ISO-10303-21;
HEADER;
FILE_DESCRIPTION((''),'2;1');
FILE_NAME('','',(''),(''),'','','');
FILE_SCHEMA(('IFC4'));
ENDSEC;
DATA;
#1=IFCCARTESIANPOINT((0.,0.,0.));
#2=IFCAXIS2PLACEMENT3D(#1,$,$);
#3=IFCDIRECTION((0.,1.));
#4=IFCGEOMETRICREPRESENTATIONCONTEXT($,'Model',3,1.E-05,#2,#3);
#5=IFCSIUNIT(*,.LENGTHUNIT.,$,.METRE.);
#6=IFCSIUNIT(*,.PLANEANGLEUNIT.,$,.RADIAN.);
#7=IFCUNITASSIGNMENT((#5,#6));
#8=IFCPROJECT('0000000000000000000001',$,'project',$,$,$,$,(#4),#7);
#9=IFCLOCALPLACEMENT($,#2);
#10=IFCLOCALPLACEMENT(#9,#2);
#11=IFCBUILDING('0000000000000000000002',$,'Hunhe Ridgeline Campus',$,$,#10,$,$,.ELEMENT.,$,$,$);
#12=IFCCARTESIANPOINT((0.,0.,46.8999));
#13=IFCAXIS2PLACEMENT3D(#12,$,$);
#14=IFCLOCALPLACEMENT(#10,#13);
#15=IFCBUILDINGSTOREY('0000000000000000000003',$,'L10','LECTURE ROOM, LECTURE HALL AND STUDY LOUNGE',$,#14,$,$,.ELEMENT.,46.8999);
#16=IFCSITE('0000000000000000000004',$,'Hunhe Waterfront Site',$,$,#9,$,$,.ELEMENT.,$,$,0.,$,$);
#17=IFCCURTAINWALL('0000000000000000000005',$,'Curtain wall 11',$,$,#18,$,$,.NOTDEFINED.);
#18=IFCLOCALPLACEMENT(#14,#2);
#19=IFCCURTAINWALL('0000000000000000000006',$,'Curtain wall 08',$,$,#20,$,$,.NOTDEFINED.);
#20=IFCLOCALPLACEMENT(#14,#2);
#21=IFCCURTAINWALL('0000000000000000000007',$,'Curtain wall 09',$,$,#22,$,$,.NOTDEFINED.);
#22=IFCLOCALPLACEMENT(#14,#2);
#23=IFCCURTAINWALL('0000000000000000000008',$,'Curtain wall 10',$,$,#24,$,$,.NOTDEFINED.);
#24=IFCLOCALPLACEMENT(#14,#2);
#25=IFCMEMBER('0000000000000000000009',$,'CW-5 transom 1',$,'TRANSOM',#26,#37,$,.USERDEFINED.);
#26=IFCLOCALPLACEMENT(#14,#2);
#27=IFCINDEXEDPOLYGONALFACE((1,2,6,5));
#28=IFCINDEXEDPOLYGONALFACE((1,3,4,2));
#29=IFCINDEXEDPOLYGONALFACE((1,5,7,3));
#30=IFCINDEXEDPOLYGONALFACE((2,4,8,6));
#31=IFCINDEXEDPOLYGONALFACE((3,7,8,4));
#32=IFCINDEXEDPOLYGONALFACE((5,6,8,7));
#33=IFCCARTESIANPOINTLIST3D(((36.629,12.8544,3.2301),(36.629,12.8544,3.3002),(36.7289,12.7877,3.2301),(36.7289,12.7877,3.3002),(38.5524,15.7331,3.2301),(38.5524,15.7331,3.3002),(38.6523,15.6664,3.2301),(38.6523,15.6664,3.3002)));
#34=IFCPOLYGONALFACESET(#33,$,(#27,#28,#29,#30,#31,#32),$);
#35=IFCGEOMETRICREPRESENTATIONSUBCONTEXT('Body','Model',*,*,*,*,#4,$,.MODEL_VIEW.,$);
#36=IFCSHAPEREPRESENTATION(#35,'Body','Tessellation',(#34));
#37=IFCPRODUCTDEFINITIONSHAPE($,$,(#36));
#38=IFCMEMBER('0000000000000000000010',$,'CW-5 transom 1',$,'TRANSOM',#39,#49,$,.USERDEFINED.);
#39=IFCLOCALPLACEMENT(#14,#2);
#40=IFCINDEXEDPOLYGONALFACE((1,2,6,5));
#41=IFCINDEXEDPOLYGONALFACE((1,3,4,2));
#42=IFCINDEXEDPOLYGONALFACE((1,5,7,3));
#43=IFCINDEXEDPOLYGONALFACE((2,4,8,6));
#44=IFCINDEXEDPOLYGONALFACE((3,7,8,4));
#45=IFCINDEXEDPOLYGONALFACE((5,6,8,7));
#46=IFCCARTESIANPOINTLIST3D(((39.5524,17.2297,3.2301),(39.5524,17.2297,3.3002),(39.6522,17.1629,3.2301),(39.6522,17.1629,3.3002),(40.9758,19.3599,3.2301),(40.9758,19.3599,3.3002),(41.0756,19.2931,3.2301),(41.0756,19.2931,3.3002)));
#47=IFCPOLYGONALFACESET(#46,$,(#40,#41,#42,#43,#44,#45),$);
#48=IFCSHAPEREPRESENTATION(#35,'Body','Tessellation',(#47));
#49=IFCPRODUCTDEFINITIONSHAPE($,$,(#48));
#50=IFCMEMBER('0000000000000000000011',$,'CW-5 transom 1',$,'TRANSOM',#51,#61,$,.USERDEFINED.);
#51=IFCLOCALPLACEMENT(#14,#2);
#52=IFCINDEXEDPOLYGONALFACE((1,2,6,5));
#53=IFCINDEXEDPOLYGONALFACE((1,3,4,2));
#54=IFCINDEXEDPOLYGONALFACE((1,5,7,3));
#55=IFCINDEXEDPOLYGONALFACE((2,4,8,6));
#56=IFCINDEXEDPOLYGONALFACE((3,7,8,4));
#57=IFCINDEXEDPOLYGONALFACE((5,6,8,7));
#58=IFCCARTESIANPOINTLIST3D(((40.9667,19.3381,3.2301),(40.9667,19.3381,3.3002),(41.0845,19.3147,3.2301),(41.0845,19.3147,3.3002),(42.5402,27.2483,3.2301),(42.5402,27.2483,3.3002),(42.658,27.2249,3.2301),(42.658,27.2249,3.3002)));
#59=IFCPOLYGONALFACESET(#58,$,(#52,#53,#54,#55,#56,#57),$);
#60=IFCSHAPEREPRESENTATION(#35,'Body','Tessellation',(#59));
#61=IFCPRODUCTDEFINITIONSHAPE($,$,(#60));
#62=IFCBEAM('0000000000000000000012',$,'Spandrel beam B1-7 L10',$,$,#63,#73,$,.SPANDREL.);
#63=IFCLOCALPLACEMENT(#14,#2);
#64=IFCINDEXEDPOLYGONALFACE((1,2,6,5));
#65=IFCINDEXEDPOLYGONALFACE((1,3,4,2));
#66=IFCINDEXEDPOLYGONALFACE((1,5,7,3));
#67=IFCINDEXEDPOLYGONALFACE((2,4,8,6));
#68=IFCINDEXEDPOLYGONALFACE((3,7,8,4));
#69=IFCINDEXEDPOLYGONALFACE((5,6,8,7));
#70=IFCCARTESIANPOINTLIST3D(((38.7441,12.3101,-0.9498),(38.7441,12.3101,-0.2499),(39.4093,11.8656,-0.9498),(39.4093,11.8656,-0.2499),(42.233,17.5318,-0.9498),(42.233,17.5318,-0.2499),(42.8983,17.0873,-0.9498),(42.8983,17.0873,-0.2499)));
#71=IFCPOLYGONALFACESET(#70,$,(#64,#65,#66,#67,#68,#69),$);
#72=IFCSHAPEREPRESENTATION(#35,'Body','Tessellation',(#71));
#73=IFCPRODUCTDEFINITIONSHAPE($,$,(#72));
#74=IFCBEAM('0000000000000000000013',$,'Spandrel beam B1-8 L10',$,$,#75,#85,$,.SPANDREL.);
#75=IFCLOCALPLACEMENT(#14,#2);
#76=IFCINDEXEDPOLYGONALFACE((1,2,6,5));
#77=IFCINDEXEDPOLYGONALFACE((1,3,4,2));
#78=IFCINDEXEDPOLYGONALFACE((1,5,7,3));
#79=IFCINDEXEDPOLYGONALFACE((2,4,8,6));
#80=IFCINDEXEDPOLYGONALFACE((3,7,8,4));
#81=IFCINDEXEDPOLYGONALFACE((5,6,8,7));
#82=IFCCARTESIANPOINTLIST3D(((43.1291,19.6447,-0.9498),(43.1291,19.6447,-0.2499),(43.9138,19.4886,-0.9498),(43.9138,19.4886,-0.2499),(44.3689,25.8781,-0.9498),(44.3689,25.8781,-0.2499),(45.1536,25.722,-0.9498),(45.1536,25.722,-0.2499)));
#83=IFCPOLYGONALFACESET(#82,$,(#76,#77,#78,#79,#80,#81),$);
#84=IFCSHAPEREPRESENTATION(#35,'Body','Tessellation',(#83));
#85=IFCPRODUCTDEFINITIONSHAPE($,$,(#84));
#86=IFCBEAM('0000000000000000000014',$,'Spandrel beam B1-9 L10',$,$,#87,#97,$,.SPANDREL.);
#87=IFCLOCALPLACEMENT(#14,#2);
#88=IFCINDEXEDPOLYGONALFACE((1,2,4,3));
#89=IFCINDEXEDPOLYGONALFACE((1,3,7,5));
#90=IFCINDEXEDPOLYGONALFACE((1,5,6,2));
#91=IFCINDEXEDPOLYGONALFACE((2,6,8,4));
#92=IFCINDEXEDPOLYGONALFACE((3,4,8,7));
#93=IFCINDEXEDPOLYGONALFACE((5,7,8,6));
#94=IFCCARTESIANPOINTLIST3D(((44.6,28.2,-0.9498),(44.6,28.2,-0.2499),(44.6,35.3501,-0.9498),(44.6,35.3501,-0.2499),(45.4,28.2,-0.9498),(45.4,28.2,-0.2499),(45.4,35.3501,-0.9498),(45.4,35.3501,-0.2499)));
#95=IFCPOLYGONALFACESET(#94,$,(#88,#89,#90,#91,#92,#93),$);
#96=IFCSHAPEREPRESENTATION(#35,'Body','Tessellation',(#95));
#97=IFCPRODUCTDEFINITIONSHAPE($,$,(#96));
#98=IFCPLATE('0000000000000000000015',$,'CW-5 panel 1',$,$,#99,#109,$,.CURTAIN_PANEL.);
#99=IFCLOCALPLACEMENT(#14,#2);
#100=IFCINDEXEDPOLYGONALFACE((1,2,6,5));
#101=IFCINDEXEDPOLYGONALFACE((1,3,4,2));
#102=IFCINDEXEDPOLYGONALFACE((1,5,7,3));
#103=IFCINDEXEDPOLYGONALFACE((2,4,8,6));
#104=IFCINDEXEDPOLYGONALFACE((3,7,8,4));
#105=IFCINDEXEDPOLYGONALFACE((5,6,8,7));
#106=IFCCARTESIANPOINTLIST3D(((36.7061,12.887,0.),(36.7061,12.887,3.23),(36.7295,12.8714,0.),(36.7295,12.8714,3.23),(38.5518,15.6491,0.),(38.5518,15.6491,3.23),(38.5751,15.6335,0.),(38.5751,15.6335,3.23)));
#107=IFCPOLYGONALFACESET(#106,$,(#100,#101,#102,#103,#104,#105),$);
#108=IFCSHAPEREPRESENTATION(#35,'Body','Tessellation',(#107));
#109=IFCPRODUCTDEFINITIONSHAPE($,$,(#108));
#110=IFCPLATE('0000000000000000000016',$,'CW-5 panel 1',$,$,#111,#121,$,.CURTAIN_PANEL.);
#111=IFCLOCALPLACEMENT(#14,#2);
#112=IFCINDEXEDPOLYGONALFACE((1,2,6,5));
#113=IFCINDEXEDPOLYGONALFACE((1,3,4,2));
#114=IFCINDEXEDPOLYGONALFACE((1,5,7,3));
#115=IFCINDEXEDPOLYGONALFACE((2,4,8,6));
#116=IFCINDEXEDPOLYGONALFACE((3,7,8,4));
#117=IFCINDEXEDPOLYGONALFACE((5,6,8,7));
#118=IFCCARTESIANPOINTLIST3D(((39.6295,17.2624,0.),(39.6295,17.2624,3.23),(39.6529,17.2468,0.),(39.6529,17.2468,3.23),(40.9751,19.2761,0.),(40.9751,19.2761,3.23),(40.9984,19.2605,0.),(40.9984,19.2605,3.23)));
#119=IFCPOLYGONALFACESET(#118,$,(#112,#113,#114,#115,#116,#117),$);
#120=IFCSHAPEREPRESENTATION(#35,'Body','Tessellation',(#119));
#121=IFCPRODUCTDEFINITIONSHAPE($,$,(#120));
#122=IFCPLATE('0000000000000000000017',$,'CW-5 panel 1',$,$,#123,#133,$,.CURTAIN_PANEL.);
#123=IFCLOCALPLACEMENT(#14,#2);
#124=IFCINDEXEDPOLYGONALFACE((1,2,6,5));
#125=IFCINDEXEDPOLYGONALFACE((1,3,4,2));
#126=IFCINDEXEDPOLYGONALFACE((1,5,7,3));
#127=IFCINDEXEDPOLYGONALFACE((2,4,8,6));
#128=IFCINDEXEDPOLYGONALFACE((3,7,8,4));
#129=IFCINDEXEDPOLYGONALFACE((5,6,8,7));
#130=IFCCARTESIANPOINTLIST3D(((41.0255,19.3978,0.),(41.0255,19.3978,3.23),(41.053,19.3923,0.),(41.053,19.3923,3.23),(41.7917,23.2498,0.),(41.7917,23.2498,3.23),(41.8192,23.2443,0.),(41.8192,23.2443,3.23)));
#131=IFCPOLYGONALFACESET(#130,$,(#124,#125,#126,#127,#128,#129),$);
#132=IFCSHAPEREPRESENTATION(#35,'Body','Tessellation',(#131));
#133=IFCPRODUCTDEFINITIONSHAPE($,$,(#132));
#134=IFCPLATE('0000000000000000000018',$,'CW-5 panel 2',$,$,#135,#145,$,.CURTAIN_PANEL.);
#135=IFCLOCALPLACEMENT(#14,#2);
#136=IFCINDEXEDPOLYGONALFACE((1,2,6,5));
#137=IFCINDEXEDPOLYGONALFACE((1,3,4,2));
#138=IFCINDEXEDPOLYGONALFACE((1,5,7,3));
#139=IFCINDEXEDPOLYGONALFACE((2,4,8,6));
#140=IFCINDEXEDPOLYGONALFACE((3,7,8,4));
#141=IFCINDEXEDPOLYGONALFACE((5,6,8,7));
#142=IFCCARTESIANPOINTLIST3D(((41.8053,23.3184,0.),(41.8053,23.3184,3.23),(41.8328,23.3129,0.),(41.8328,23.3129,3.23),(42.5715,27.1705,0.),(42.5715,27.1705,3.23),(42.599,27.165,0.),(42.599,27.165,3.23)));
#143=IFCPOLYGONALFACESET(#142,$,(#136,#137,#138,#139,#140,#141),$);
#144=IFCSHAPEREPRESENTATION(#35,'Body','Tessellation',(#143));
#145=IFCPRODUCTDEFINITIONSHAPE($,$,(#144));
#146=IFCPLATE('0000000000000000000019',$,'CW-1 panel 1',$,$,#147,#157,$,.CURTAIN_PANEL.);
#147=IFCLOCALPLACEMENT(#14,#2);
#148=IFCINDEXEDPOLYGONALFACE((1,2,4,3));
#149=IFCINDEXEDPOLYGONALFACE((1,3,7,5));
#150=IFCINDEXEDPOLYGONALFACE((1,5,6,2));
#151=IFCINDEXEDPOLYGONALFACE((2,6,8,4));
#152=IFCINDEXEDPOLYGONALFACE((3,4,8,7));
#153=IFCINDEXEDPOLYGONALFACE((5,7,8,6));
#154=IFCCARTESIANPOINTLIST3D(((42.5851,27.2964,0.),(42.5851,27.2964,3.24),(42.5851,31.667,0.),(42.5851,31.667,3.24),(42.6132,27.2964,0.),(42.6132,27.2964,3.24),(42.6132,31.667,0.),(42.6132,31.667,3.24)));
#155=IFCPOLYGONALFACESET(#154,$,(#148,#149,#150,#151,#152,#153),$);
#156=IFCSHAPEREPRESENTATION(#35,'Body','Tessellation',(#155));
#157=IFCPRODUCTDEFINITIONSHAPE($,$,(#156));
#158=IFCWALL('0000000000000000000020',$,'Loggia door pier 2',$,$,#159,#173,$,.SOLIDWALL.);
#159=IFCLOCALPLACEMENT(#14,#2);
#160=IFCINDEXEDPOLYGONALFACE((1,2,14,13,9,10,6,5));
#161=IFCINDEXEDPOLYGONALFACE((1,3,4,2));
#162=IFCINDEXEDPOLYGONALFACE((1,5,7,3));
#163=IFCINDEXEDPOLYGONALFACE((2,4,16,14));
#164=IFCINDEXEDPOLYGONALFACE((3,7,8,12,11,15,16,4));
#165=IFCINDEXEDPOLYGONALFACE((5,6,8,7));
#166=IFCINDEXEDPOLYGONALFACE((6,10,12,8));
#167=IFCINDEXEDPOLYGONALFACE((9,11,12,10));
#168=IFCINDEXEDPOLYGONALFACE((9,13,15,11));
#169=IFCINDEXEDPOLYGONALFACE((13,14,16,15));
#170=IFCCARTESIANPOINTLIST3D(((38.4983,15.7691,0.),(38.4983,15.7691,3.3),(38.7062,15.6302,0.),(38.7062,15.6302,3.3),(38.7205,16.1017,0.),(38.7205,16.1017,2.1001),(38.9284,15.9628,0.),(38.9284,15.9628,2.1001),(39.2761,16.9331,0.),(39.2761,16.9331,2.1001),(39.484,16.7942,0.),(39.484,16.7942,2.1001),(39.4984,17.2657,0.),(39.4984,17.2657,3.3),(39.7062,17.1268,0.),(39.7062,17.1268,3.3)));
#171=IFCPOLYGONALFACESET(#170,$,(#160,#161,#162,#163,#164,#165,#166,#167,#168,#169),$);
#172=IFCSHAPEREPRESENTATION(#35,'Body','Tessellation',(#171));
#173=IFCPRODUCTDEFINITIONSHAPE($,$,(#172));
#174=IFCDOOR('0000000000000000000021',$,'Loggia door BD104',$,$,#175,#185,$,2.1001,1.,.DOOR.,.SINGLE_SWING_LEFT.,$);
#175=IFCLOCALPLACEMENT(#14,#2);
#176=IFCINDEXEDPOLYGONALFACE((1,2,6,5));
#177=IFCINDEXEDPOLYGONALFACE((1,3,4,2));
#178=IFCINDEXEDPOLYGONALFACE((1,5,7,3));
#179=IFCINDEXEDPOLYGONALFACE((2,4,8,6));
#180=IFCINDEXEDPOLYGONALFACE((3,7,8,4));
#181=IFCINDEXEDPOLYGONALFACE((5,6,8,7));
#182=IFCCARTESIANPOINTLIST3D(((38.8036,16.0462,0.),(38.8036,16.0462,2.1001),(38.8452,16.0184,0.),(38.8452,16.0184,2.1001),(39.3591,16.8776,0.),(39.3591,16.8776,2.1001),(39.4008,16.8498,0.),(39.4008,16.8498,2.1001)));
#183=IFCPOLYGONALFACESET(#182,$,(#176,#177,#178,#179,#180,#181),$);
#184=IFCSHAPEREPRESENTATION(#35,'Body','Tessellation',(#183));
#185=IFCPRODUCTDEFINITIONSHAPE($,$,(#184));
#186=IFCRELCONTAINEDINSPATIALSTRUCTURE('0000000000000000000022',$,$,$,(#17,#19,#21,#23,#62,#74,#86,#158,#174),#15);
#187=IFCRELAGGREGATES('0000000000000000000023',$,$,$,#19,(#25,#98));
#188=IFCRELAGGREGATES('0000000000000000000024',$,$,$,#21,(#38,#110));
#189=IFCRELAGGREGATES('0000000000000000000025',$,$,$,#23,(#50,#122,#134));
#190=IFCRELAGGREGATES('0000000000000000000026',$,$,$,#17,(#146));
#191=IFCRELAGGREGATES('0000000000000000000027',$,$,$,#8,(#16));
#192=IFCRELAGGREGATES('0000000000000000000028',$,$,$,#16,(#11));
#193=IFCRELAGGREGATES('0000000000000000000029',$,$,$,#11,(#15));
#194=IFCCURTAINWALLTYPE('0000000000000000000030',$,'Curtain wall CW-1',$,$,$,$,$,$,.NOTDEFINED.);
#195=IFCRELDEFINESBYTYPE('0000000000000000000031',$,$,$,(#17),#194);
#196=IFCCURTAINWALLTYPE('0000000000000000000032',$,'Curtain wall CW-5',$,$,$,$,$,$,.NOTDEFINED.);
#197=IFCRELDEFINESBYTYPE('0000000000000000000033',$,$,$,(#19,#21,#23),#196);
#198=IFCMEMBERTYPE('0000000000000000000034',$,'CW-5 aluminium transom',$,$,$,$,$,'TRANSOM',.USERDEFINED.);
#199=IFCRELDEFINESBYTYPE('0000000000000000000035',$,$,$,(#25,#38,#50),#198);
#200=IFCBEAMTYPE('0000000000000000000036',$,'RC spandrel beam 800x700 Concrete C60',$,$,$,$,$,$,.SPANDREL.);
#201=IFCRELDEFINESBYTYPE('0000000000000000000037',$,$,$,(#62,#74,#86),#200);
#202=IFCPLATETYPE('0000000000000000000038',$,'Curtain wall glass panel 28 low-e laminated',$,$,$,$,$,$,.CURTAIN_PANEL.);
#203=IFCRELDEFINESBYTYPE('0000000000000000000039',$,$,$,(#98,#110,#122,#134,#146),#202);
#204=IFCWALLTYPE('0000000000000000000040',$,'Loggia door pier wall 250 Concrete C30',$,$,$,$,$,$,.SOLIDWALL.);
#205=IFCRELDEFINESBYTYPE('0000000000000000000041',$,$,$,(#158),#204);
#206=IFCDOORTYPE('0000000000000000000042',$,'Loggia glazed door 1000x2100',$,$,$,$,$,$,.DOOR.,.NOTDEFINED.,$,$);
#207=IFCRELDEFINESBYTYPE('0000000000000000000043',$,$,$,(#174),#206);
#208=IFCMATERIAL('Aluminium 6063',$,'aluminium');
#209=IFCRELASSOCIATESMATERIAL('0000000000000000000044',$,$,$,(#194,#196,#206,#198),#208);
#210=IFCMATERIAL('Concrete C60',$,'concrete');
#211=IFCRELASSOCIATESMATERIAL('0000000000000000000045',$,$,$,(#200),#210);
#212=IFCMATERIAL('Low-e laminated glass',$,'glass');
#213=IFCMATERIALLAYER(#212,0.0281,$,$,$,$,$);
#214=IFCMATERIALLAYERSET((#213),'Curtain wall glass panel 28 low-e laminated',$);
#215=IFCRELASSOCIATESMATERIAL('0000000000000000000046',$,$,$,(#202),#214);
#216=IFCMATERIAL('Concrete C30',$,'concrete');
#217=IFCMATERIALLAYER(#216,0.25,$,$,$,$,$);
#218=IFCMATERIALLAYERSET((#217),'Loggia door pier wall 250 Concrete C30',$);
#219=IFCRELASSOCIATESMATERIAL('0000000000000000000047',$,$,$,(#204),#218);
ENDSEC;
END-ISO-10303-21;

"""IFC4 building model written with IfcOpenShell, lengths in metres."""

from ifc_helpers import new_model, si_unit, direction, frame, frame_2d, origin, origin_2d, place, context, subcontext, project, spatial, rectangle, extrude, material, layer, layer_set, material_profile, profile_set, type_object, element, fill, aggregate, save


model = new_model("IFC4")

# Units and contexts
model_context = context("Model", 3, precision=1e-05, world=origin(), true_north=direction((0.0, 1.0)))
body_context = subcontext(model_context, "Body", "Model", "MODEL_VIEW")
ifc_project = project(units=[si_unit("LENGTHUNIT", "METRE"), si_unit("PLANEANGLEUNIT", "RADIAN")], contexts=[model_context])

# Site, building, storey
site_placement = place(None, origin())
site = spatial("IfcSite", under=ifc_project, at=site_placement, Name="Hunhe Waterfront Site", CompositionType="ELEMENT", RefElevation=0.0)
building_placement = place(site_placement, origin())
building = spatial("IfcBuilding", under=site, at=building_placement, Name="Hunhe Ridgeline Campus", CompositionType="ELEMENT")
storey_placement = place(building_placement, frame((0.0, 0.0, 46.8999)))
storey = spatial("IfcBuildingStorey", under=building, at=storey_placement, Name="L10", Description="LECTURE ROOM, LECTURE HALL AND STUDY LOUNGE", CompositionType="ELEMENT", Elevation=46.8999)

# Curtain wall
ifc_material_1 = material(Name="Aluminium 6063", Category="aluminium")
curtain_wall_type_1 = type_object("IfcCurtainWallType", Name="Curtain wall CW-1", PredefinedType="NOTDEFINED", material=ifc_material_1)
curtain_wall_1_placement = place(storey_placement, origin())
curtain_wall_1 = element("IfcCurtainWall", 1, at=curtain_wall_1_placement, inside=storey, type_object=curtain_wall_type_1, Name="Curtain wall 11", PredefinedType="NOTDEFINED")

# Shared definitions
curtain_wall_type_2 = type_object("IfcCurtainWallType", Name="Curtain wall CW-5", PredefinedType="NOTDEFINED", material=ifc_material_1)

# Curtain walls
curtain_wall_2_placement = place(storey_placement, origin())
curtain_wall_2 = element("IfcCurtainWall", 2, at=curtain_wall_2_placement, inside=storey, type_object=curtain_wall_type_2, Name="Curtain wall 08", PredefinedType="NOTDEFINED")
curtain_wall_3_placement = place(storey_placement, origin())
curtain_wall_3 = element("IfcCurtainWall", 3, at=curtain_wall_3_placement, inside=storey, type_object=curtain_wall_type_2, Name="Curtain wall 09", PredefinedType="NOTDEFINED")
curtain_wall_4_placement = place(storey_placement, origin())
curtain_wall_4 = element("IfcCurtainWall", 4, at=curtain_wall_4_placement, inside=storey, type_object=curtain_wall_type_2, Name="Curtain wall 10", PredefinedType="NOTDEFINED")

# Members
ifc_material_profile_1 = material_profile(ifc_material_1, rectangle(XDim=0.1201, YDim=0.0701, at=origin_2d()))
ifc_profile_set_1 = profile_set([ifc_material_profile_1], Name="Aluminium 6063")
member_type_1 = type_object("IfcMemberType", Name="CW-5 aluminium transom", ElementType="TRANSOM", PredefinedType="USERDEFINED", material=ifc_profile_set_1)
member_1_placement = place(storey_placement, frame((36.679, 12.821, 3.2651), z_axis=(0.555546, 0.831486, 0.0), x_axis=(-0.831486, 0.555546, 0.0)))
member_1 = element("IfcMember", 5, at=member_1_placement, type_object=member_type_1, Name="CW-5 transom 1", ObjectType="TRANSOM", PredefinedType="USERDEFINED", context=body_context, shape_type="SweptSolid", body=[
    extrude(rectangle(XDim=0.1201, YDim=0.0701, at=origin_2d()), origin(), (0.0, 0.0, 1.0), 3.4622),
])
member_2_placement = place(storey_placement, frame((39.6023, 17.1963, 3.2651), z_axis=(0.55558, 0.831463, 0.0), x_axis=(-0.831463, 0.55558, 0.0)))
member_2 = element("IfcMember", 6, at=member_2_placement, type_object=member_type_1, Name="CW-5 transom 1", ObjectType="TRANSOM", PredefinedType="USERDEFINED", context=body_context, shape_type="SweptSolid", body=[
    extrude(rectangle(XDim=0.1201, YDim=0.0701, at=origin_2d()), origin(), (0.0, 0.0, 1.0), 2.562),
])
member_3_placement = place(storey_placement, frame((41.0256, 19.3264, 3.2651), z_axis=(0.195097, 0.980784, 0.0), x_axis=(-0.980784, 0.195097, 0.0)))
member_3 = element("IfcMember", 7, at=member_3_placement, type_object=member_type_1, Name="CW-5 transom 1", ObjectType="TRANSOM", PredefinedType="USERDEFINED", context=body_context, shape_type="SweptSolid", body=[
    extrude(rectangle(XDim=0.1201, YDim=0.0701, at=origin_2d()), origin(), (0.0, 0.0, 1.0), 8.0652),
])

# Beams
ifc_material_2 = material(Name="Concrete C60", Category="concrete")
ifc_material_profile_2 = material_profile(ifc_material_2, rectangle(XDim=0.8, YDim=0.7, at=origin_2d()))
ifc_profile_set_2 = profile_set([ifc_material_profile_2], Name="Concrete C60")
beam_type = type_object("IfcBeamType", Name="RC spandrel beam 800x700 Concrete C60", PredefinedType="SPANDREL", material=ifc_profile_set_2)
beam_1_placement = place(storey_placement, frame((39.0767, 12.0879, -0.5999), z_axis=(0.55557, 0.83147, 0.0), x_axis=(-0.83147, 0.55557, 0.0)))
element("IfcBeam", 8, at=beam_1_placement, inside=storey, type_object=beam_type, Name="Spandrel beam B1-7 L10", PredefinedType="SPANDREL", context=body_context, shape_type="SweptSolid", body=[
    extrude(rectangle(XDim=0.8, YDim=0.7, at=origin_2d()), origin(), (0.0, 0.0, 1.0), 6.28),
])
beam_2_placement = place(storey_placement, frame((43.5215, 19.5667, -0.5999), z_axis=(0.195067, 0.98079, 0.0), x_axis=(-0.98079, 0.195067, 0.0)))
element("IfcBeam", 9, at=beam_2_placement, inside=storey, type_object=beam_type, Name="Spandrel beam B1-8 L10", PredefinedType="SPANDREL", context=body_context, shape_type="SweptSolid", body=[
    extrude(rectangle(XDim=0.8, YDim=0.7, at=origin_2d()), origin(), (0.0, 0.0, 1.0), 6.3555),
])
beam_3_placement = place(storey_placement, frame((45.0, 28.2, -0.5999), z_axis=(0.0, 1.0, 0.0), x_axis=(-1.0, 0.0, 0.0)))
element("IfcBeam", 10, at=beam_3_placement, inside=storey, type_object=beam_type, Name="Spandrel beam B1-9 L10", PredefinedType="SPANDREL", context=body_context, shape_type="SweptSolid", body=[
    extrude(rectangle(XDim=0.8, YDim=0.7, at=origin_2d()), origin(), (0.0, 0.0, 1.0), 7.1501),
])

# Plates
ifc_material_3 = material(Name="Low-e laminated glass", Category="glass")
ifc_layer_1 = layer(ifc_material_3, 0.0281)
ifc_layer_set_1 = layer_set([ifc_layer_1], Name="Curtain wall glass panel 28 low-e laminated")
plate_type = type_object("IfcPlateType", Name="Curtain wall glass panel 28 low-e laminated", PredefinedType="CURTAIN_PANEL", material=ifc_layer_set_1)
plate_1_placement = place(storey_placement, frame((37.6406, 14.2603, 0.0), z_axis=(0.0, 0.0, 1.0), x_axis=(0.55557, 0.83147, 0.0)))
plate_1 = element("IfcPlate", 11, at=plate_1_placement, type_object=plate_type, Name="CW-5 panel 1", PredefinedType="CURTAIN_PANEL", context=body_context, shape_type="SweptSolid", body=[
    extrude(rectangle(XDim=3.322, YDim=0.0281, at=origin_2d()), origin(), (0.0, 0.0, 1.0), 3.23),
])
aggregate(curtain_wall_2, [member_1, plate_1])
plate_2_placement = place(storey_placement, frame((40.314, 18.2615, 0.0), z_axis=(0.0, 0.0, 1.0), x_axis=(0.55557, 0.83147, 0.0)))
plate_2 = element("IfcPlate", 12, at=plate_2_placement, type_object=plate_type, Name="CW-5 panel 1", PredefinedType="CURTAIN_PANEL", context=body_context, shape_type="SweptSolid", body=[
    extrude(rectangle(XDim=2.4219, YDim=0.0281, at=origin_2d()), origin(), (0.0, 0.0, 1.0), 3.23),
])
aggregate(curtain_wall_3, [member_2, plate_2])
plate_3_placement = place(storey_placement, frame((41.4224, 21.321, 0.0), z_axis=(0.0, 0.0, 1.0), x_axis=(0.19509, 0.980785, 0.0)))
plate_3 = element("IfcPlate", 13, at=plate_3_placement, type_object=plate_type, Name="CW-5 panel 1", PredefinedType="CURTAIN_PANEL", context=body_context, shape_type="SweptSolid", body=[
    extrude(rectangle(XDim=3.9275, YDim=0.0281, at=origin_2d()), origin(), (0.0, 0.0, 1.0), 3.23),
])
plate_4_placement = place(storey_placement, frame((42.2021, 25.2417, 0.0), z_axis=(0.0, 0.0, 1.0), x_axis=(0.19509, 0.980785, 0.0)))
plate_4 = element("IfcPlate", 14, at=plate_4_placement, type_object=plate_type, Name="CW-5 panel 2", PredefinedType="CURTAIN_PANEL", context=body_context, shape_type="SweptSolid", body=[
    extrude(rectangle(XDim=3.9275, YDim=0.0281, at=origin_2d()), origin(), (0.0, 0.0, 1.0), 3.23),
])
aggregate(curtain_wall_4, [member_3, plate_3, plate_4])
plate_5_placement = place(storey_placement, frame((42.5991, 29.4817, 0.0), z_axis=(0.0, 0.0, 1.0), x_axis=(0.0, 1.0, 0.0)))
plate_5 = element("IfcPlate", 15, at=plate_5_placement, type_object=plate_type, Name="CW-1 panel 1", PredefinedType="CURTAIN_PANEL", context=body_context, shape_type="SweptSolid", body=[
    extrude(rectangle(XDim=4.3706, YDim=0.0281, at=origin_2d()), origin(), (0.0, 0.0, 1.0), 3.24),
])
aggregate(curtain_wall_1, [plate_5])

# Wall, opening, door
ifc_material_4 = material(Name="Concrete C30", Category="concrete")
ifc_layer_2 = layer(ifc_material_4, 0.25)
ifc_layer_set_2 = layer_set([ifc_layer_2], Name="Loggia door pier wall 250 Concrete C30")
wall_type_1 = type_object("IfcWallType", Name="Loggia door pier wall 250 Concrete C30", PredefinedType="SOLIDWALL", material=ifc_layer_set_2)
wall_1_placement = place(storey_placement, frame((38.6023, 15.6997, 0.0), z_axis=(0.0, 0.0, 1.0), x_axis=(0.555576, 0.831466, 0.0)))
wall_1 = element("IfcWall", 16, at=wall_1_placement, inside=storey, type_object=wall_type_1, Name="Loggia door pier 2", PredefinedType="SOLIDWALL", context=body_context, shape_type="SweptSolid", body=[
    extrude(rectangle(XDim=1.8, YDim=0.25, at=frame_2d((0.8999, 0.0))), origin(), (0.0, 0.0, 1.0), 3.3),
])
opening_placement = place(wall_1_placement, frame((0.3999, 0.0, 0.0)))
opening = element("IfcOpeningElement", 17, at=opening_placement, cuts=wall_1, PredefinedType="OPENING", context=body_context, shape_type="SweptSolid", body=[
    extrude(rectangle(XDim=1.0, YDim=2.1001, at=frame_2d((0.5, 1.05))), frame((0.0, 0.125, 0.0), z_axis=(0.0, -1.0, 0.0), x_axis=(1.0, 0.0, 0.0)), (0.0, 0.0, 1.0), 0.25),
])
door_type = type_object("IfcDoorType", Name="Loggia glazed door 1000x2100", OperationType="NOTDEFINED", PredefinedType="DOOR", material=ifc_material_1)
door_placement = place(opening_placement, frame((1.0, 0.0, 0.0), z_axis=(0.0, 0.0, 1.0), x_axis=(-1.0, 0.0, 0.0)))
door = element("IfcDoor", 18, at=door_placement, inside=storey, type_object=door_type, Name="Loggia door BD104", OperationType="SINGLE_SWING_LEFT", OverallHeight=2.1001, OverallWidth=1.0, PredefinedType="DOOR", context=body_context, shape_type="SweptSolid", body=[
    extrude(rectangle(XDim=1.0, YDim=2.1001, at=frame_2d((0.5, 1.05))), frame((0.0, 0.0249, 0.0), z_axis=(0.0, -1.0, 0.0), x_axis=(1.0, 0.0, 0.0)), (0.0, 0.0, 1.0), 0.05),
])
fill(opening, door)

save(model, "model.ifc")
